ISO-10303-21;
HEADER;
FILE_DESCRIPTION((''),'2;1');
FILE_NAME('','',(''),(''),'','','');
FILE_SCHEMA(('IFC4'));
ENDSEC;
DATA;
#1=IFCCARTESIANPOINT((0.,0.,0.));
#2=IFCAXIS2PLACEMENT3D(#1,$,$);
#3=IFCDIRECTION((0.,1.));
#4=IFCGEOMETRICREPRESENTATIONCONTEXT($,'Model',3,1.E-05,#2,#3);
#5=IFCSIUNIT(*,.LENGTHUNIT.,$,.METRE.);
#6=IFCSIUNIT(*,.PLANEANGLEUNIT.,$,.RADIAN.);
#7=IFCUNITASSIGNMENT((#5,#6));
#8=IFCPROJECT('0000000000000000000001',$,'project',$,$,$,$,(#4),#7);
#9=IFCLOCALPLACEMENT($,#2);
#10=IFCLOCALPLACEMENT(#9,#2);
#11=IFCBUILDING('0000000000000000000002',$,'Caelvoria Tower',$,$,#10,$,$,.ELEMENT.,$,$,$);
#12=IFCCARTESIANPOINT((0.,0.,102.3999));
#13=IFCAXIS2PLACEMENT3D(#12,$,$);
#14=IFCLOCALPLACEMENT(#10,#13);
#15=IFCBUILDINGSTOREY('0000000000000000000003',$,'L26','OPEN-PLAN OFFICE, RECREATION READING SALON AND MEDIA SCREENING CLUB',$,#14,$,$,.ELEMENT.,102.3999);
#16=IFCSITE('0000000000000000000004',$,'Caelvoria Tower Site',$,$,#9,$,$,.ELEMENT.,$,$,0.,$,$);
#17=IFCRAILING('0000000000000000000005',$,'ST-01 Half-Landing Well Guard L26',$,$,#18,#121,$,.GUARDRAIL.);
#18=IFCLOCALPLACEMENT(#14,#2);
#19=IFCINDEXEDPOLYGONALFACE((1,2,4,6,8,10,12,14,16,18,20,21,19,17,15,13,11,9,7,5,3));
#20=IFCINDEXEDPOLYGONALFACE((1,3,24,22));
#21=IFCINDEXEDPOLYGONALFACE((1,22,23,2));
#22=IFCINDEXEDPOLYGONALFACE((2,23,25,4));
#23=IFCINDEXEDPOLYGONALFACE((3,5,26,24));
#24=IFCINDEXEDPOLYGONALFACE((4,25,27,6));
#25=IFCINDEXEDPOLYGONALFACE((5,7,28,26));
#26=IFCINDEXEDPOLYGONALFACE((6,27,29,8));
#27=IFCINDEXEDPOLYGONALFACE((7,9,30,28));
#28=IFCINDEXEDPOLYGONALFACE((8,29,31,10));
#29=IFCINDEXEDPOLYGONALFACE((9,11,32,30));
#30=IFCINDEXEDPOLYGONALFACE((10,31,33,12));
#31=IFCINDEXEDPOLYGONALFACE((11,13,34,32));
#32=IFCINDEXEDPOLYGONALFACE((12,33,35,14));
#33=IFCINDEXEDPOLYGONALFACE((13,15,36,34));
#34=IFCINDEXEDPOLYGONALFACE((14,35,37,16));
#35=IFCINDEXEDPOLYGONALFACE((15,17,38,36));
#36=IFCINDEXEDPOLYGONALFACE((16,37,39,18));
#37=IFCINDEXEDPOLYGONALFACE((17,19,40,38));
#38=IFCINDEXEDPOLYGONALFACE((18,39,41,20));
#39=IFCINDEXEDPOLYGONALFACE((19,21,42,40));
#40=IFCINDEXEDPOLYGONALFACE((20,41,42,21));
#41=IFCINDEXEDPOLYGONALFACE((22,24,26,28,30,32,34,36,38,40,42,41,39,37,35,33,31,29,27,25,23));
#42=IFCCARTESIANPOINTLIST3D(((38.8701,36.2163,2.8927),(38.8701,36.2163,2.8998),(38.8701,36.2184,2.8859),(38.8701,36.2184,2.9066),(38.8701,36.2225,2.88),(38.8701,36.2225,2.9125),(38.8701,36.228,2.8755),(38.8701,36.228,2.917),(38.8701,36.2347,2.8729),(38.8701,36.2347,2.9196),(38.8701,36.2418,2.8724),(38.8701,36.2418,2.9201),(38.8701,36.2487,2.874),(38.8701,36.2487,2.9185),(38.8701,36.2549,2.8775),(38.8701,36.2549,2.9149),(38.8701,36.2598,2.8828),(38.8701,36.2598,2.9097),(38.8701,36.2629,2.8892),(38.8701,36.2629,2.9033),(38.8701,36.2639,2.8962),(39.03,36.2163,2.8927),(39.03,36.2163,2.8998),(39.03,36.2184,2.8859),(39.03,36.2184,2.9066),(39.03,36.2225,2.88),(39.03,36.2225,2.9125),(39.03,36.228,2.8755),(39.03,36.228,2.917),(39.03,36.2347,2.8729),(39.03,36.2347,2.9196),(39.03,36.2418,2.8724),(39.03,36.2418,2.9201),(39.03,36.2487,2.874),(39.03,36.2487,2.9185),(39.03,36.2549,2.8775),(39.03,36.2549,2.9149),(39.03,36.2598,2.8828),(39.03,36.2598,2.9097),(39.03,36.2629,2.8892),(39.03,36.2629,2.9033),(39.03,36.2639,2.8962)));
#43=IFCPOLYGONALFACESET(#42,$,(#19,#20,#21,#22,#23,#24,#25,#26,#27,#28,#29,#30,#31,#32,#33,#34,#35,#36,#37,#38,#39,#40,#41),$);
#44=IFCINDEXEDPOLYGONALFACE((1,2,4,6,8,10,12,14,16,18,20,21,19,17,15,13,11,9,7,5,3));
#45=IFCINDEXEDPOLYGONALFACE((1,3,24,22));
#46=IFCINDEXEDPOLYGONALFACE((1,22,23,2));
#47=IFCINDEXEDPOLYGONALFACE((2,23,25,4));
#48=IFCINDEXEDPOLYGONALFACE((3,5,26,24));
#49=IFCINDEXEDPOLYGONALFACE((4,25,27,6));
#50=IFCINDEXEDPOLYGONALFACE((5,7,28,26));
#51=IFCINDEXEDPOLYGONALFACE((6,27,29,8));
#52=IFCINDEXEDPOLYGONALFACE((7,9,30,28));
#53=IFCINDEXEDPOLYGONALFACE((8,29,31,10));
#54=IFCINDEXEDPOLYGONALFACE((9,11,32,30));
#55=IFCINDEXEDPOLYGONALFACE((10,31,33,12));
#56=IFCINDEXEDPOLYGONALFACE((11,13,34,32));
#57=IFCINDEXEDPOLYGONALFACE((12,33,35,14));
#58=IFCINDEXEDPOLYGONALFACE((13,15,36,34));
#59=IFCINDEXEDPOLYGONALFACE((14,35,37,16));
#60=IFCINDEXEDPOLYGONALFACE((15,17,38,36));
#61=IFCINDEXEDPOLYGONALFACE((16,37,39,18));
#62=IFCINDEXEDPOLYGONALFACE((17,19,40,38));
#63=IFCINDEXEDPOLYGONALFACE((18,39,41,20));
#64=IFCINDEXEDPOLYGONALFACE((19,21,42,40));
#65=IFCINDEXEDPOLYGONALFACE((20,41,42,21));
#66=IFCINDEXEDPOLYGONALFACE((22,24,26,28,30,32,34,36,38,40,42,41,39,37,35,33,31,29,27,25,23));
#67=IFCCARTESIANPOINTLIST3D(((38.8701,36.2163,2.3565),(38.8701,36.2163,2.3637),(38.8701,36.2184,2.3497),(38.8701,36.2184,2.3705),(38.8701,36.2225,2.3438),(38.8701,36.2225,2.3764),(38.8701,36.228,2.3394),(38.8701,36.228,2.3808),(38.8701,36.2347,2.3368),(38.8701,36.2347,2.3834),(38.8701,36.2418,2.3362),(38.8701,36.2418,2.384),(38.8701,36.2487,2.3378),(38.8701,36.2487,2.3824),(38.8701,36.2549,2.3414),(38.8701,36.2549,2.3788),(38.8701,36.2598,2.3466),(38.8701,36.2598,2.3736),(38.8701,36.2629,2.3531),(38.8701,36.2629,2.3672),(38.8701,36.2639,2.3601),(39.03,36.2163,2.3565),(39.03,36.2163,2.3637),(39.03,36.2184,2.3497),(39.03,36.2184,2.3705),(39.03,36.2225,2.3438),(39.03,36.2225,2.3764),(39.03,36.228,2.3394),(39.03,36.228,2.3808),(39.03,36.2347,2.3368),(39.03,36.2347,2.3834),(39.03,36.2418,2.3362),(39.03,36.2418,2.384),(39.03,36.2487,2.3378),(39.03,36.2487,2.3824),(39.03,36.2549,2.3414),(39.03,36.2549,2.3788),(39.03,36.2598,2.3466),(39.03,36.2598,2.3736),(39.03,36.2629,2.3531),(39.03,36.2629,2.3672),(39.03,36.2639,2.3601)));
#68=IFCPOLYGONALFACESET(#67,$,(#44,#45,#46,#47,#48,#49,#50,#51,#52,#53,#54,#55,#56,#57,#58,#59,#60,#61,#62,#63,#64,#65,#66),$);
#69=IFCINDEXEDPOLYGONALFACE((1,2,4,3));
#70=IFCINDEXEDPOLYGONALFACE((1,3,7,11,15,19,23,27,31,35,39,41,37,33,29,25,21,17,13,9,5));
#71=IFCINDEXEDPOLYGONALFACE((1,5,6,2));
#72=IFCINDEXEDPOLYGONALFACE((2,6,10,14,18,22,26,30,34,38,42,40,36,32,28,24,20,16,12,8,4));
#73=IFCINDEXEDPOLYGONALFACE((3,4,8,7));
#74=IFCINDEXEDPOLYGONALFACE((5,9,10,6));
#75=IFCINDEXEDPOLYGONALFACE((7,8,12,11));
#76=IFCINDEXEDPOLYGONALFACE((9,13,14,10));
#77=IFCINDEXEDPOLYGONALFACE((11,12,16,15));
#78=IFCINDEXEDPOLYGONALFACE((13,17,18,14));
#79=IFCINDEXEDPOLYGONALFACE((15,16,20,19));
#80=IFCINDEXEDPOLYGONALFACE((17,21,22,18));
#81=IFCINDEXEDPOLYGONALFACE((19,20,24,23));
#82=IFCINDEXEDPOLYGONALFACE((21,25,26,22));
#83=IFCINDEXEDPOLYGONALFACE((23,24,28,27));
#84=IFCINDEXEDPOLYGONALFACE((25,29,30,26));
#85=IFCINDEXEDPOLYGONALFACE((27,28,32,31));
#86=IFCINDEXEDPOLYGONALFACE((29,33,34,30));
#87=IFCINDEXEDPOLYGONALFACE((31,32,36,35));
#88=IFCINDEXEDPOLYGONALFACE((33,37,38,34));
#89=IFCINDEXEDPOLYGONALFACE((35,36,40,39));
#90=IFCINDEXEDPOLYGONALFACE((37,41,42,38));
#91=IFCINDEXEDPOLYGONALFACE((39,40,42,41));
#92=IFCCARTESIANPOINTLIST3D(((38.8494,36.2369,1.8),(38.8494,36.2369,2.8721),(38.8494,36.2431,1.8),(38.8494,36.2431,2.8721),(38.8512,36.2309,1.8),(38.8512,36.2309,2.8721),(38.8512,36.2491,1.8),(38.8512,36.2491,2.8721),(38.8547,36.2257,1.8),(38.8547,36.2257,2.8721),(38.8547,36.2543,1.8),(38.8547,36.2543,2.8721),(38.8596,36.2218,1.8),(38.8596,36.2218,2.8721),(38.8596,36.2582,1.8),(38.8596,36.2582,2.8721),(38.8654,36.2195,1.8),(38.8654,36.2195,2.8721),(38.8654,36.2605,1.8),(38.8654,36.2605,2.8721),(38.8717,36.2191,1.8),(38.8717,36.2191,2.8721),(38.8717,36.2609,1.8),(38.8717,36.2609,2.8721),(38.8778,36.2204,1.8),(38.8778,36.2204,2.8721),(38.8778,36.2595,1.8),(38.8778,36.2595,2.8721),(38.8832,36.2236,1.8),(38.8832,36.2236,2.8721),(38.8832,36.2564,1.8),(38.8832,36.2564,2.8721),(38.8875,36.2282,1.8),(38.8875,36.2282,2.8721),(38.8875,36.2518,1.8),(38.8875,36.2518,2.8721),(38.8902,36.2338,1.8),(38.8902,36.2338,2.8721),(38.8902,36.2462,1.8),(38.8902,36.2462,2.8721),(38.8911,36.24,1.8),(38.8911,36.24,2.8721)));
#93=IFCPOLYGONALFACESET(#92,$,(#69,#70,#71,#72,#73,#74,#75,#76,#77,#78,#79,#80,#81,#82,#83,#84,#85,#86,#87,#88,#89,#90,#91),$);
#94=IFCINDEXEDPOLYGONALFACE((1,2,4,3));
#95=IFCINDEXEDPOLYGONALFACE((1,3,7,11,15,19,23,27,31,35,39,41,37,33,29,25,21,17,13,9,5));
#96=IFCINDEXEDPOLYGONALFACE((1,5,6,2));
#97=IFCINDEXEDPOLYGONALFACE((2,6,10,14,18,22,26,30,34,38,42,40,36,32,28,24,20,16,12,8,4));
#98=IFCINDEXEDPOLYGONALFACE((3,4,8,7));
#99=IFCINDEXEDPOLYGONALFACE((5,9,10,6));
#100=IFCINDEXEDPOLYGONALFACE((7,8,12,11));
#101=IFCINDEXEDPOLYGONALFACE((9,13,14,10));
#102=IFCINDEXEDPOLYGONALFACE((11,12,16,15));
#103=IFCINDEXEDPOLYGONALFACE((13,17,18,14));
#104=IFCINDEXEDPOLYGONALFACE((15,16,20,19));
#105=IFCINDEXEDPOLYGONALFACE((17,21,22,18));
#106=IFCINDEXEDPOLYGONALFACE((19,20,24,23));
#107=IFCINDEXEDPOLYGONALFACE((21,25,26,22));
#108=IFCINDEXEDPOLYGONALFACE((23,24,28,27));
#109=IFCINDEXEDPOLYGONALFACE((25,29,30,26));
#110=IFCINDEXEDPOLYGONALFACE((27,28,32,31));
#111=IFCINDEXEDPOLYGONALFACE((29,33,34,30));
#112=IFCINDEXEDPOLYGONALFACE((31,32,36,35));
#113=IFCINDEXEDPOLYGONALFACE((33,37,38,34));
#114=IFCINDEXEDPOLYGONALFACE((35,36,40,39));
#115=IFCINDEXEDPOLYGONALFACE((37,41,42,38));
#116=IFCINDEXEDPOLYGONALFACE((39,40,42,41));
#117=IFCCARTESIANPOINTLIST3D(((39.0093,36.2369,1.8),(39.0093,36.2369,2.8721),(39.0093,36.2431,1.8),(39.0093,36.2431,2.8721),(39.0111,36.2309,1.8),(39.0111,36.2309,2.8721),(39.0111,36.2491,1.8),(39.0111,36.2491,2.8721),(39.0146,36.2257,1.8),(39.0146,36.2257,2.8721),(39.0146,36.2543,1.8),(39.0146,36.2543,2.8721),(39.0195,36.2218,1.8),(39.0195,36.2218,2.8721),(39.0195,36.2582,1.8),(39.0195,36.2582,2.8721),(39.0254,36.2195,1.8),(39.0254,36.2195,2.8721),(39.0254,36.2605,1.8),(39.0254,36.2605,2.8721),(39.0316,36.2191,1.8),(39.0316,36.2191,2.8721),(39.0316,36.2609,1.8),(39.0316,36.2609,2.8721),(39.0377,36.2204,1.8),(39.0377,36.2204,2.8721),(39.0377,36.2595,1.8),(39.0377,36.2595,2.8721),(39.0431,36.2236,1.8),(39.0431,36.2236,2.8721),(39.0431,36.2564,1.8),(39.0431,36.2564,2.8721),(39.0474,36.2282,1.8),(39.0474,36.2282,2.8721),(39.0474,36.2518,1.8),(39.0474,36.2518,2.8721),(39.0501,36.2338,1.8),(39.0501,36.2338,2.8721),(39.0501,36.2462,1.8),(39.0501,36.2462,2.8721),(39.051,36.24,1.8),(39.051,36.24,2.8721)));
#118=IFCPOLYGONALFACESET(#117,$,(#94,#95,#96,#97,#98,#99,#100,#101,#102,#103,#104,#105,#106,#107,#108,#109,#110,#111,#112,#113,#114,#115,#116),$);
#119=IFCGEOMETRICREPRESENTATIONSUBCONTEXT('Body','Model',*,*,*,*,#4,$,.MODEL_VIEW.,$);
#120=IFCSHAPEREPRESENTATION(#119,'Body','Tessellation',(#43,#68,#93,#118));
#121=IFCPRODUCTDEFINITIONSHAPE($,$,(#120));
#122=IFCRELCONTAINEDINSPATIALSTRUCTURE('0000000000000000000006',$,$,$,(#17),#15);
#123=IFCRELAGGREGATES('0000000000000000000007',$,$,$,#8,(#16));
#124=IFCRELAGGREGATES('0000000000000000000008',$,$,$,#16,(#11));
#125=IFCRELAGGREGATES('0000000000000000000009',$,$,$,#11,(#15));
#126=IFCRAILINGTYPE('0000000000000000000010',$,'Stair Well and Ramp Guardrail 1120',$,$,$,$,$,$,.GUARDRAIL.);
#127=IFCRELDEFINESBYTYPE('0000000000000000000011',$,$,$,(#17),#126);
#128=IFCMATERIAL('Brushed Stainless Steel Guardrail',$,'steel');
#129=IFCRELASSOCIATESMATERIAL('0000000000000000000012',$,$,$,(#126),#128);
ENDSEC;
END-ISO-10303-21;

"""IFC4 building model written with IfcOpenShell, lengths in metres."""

from ifc_helpers import new_model, si_unit, direction, frame, origin, origin_2d, place, context, subcontext, project, spatial, circle, extrude, material, type_object, element, save


model = new_model("IFC4")

# Units and contexts
model_context = context("Model", 3, precision=1e-05, world=origin(), true_north=direction((0.0, 1.0)))
body_context = subcontext(model_context, "Body", "Model", "MODEL_VIEW")
ifc_project = project(units=[si_unit("LENGTHUNIT", "METRE"), si_unit("PLANEANGLEUNIT", "RADIAN")], contexts=[model_context])

# Site, building, storey
site_placement = place(None, origin())
site = spatial("IfcSite", under=ifc_project, at=site_placement, Name="Caelvoria Tower Site", CompositionType="ELEMENT", RefElevation=0.0)
building_placement = place(site_placement, origin())
building = spatial("IfcBuilding", under=site, at=building_placement, Name="Caelvoria Tower", CompositionType="ELEMENT")
storey_placement = place(building_placement, frame((0.0, 0.0, 102.3999)))
storey = spatial("IfcBuildingStorey", under=building, at=storey_placement, Name="L26", Description="OPEN-PLAN OFFICE, RECREATION READING SALON AND MEDIA SCREENING CLUB", CompositionType="ELEMENT", Elevation=102.3999)

# Railing
ifc_material_1 = material(Name="Brushed Stainless Steel Guardrail", Category="steel")
railing_type_1 = type_object("IfcRailingType", Name="Stair Well and Ramp Guardrail 1120", PredefinedType="GUARDRAIL", material=ifc_material_1)
railing_1_placement = place(storey_placement, frame((38.8701, 36.24, 1.8)))
element("IfcRailing", 1, at=railing_1_placement, inside=storey, type_object=railing_type_1, Name="ST-01 Half-Landing Well Guard L26", PredefinedType="GUARDRAIL", context=body_context, shape_type="SweptSolid", body=[
    extrude(circle(Radius=0.0239, at=origin_2d()), frame((0.0, 0.0, 1.0962), z_axis=(1.0, 0.0, 0.0), x_axis=(0.0, 1.0, 0.0)), (0.0, 0.0, 1.0), 0.1599),
    extrude(circle(Radius=0.0239, at=origin_2d()), frame((0.0, 0.0, 0.5601), z_axis=(1.0, 0.0, 0.0), x_axis=(0.0, 1.0, 0.0)), (0.0, 0.0, 1.0), 0.1599),
    extrude(circle(Radius=0.021, at=origin_2d()), origin(), (0.0, 0.0, 1.0), 1.072),
    extrude(circle(Radius=0.021, at=origin_2d()), frame((0.1599, 0.0, 0.0)), (0.0, 0.0, 1.0), 1.072),
])

save(model, "model.ifc")
